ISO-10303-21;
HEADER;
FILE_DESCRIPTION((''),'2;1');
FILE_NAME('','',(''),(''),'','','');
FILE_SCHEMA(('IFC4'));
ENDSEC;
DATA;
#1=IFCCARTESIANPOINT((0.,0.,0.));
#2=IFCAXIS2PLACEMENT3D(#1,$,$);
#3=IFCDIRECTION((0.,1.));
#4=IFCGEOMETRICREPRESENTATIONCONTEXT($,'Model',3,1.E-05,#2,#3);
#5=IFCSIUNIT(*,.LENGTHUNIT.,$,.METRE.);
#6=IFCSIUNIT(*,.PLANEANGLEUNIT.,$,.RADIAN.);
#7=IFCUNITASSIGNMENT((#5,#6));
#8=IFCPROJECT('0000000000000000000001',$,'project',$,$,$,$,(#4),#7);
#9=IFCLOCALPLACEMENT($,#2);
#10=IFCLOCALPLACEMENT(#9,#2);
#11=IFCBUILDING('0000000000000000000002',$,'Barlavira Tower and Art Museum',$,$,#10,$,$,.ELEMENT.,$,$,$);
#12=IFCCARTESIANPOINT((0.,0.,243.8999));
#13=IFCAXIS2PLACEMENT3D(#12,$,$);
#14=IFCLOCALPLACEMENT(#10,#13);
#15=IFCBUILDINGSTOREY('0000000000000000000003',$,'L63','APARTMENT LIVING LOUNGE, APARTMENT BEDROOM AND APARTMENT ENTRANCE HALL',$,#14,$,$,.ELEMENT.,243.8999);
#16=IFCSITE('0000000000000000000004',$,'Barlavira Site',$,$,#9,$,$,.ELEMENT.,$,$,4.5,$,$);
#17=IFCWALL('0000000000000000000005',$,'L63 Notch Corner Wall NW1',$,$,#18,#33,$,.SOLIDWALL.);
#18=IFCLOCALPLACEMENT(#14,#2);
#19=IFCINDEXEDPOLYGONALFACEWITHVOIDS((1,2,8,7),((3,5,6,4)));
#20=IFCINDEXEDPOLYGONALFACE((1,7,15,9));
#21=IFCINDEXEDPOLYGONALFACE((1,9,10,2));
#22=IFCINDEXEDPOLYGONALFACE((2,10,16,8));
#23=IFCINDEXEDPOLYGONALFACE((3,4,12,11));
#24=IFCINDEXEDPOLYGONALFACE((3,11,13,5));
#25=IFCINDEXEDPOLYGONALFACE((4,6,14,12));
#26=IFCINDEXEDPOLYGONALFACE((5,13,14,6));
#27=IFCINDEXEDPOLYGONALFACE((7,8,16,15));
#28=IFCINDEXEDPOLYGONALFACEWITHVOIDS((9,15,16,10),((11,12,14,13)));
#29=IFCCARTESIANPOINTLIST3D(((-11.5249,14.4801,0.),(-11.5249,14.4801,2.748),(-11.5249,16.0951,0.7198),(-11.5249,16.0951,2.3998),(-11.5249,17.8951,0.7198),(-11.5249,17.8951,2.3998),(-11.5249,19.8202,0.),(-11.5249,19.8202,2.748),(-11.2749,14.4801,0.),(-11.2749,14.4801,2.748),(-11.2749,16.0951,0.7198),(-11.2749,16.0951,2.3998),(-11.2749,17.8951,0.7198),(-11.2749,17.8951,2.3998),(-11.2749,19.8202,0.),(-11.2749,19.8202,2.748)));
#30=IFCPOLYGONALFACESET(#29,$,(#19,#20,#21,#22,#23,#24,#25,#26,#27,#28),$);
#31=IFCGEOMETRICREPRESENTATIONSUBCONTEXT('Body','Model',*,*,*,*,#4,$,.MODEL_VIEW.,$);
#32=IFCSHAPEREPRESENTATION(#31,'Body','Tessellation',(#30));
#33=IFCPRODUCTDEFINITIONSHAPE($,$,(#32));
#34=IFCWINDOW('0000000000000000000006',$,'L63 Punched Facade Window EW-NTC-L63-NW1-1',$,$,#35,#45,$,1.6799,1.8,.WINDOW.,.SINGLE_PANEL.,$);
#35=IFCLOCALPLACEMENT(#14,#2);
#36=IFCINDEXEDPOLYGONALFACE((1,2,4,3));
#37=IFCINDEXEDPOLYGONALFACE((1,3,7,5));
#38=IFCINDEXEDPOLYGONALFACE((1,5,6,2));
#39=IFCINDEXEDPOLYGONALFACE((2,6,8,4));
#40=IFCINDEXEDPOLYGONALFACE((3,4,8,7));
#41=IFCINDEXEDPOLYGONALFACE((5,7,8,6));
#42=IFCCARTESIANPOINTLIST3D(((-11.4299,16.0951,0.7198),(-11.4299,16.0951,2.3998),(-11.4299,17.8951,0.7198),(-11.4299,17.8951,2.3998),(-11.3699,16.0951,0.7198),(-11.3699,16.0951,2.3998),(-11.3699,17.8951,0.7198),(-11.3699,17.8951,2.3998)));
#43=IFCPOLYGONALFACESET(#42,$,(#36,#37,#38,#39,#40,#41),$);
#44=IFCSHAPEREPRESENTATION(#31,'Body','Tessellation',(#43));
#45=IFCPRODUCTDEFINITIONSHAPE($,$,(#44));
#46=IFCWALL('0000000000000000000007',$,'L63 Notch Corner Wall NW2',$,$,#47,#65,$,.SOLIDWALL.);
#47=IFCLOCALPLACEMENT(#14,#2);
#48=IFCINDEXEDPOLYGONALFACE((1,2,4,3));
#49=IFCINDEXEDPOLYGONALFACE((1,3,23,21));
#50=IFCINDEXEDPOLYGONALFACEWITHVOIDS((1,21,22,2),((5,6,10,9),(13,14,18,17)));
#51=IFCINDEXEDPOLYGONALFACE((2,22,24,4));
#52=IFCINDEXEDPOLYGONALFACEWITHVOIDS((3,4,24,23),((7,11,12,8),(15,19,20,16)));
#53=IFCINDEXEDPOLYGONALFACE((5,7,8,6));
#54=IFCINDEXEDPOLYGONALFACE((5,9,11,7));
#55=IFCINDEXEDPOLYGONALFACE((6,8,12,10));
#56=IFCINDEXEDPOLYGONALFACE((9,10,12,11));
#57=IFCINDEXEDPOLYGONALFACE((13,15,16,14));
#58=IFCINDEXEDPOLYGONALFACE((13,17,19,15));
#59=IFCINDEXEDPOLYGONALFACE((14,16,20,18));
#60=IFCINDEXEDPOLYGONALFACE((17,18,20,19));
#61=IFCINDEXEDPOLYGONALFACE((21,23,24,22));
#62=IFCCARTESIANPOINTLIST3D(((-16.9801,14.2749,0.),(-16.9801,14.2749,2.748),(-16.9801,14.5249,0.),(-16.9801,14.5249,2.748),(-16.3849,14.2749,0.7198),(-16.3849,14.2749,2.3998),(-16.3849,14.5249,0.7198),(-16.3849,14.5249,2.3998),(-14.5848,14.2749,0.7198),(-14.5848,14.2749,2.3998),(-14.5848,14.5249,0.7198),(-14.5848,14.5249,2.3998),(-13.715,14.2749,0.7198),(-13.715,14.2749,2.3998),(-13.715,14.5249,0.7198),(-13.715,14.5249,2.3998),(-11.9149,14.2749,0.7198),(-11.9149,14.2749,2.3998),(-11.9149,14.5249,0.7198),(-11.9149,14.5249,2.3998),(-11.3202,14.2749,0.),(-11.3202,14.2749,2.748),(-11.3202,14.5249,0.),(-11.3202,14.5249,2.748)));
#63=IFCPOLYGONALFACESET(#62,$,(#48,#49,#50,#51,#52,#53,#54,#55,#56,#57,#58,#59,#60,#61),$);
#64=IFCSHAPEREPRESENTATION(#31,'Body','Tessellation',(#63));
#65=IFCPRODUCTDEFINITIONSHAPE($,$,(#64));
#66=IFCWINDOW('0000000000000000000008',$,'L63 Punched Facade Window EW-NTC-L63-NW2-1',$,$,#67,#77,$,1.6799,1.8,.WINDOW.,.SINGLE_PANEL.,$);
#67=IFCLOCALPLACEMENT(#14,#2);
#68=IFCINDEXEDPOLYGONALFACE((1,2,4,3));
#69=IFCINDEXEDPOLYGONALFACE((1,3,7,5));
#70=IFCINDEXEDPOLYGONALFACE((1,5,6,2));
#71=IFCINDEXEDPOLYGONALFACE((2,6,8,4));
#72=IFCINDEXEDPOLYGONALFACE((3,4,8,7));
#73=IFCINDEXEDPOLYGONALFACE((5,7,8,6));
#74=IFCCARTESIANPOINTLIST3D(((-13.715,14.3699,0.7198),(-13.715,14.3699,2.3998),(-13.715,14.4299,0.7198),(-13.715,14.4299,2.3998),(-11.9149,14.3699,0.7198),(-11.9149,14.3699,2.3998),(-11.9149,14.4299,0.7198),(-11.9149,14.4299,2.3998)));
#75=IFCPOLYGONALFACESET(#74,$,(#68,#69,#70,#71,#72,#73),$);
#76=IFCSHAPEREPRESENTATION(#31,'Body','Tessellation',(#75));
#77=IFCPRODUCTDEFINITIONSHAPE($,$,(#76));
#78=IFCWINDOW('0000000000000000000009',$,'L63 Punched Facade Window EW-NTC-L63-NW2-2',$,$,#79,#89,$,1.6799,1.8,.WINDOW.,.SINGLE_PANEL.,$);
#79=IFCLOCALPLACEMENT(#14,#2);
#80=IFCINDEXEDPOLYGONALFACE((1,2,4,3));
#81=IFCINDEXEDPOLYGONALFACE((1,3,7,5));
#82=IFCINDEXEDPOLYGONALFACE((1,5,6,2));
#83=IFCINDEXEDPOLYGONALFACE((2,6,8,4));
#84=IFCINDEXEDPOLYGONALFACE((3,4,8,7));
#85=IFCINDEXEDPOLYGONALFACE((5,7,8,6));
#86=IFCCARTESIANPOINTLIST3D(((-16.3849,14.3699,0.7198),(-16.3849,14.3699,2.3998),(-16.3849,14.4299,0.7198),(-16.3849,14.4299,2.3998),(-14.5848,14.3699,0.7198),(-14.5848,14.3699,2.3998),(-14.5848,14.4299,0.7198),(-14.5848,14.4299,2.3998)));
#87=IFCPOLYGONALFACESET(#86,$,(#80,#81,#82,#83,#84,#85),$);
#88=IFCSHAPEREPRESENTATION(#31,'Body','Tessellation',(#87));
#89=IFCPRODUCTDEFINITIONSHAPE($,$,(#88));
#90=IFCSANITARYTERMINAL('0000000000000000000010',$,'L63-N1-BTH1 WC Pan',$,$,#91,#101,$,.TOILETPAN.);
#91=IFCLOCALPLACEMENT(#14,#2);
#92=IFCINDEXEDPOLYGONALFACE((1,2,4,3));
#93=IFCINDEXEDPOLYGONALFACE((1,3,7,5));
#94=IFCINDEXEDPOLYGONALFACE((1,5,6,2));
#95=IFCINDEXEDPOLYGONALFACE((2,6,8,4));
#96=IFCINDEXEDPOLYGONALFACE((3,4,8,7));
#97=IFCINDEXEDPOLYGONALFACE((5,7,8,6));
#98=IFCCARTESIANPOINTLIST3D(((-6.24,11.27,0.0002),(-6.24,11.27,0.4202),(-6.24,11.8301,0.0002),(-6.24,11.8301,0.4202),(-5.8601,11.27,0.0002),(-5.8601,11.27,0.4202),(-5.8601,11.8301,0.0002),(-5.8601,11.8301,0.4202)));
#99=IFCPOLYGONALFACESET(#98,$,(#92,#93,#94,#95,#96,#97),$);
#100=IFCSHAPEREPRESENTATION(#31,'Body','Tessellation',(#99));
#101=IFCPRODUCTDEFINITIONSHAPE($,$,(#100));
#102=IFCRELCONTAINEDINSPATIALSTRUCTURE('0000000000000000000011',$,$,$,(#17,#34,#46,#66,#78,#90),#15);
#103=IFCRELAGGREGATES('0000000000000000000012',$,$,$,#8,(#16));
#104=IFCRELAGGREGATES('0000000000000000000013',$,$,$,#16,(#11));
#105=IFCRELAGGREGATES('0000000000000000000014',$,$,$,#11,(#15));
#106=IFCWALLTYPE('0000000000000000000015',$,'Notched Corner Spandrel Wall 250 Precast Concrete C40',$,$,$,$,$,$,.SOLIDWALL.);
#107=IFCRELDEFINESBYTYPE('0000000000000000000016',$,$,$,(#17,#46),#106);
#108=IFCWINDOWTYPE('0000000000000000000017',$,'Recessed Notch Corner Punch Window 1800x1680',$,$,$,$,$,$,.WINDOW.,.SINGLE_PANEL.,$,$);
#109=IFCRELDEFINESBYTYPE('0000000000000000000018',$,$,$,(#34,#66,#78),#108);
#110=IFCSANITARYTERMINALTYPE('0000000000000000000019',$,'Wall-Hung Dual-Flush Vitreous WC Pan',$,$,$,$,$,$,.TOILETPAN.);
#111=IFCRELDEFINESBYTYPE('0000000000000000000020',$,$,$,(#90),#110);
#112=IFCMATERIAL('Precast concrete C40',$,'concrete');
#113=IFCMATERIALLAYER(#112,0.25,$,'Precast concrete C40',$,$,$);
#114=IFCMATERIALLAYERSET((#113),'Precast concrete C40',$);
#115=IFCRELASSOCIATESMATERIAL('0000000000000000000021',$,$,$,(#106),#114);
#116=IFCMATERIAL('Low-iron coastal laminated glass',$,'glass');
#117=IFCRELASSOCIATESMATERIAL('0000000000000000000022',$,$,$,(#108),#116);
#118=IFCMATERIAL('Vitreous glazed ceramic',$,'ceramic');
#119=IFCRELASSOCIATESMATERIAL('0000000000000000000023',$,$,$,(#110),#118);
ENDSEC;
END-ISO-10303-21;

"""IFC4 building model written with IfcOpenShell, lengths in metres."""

from ifc_helpers import new_model, si_unit, direction, frame, frame_2d, origin, origin_2d, place, context, subcontext, project, spatial, rectangle, extrude, material, layer, layer_set, type_object, element, fill, save


model = new_model("IFC4")

# Units and contexts
model_context = context("Model", 3, precision=1e-05, world=origin(), true_north=direction((0.0, 1.0)))
body_context = subcontext(model_context, "Body", "Model", "MODEL_VIEW")
ifc_project = project(units=[si_unit("LENGTHUNIT", "METRE"), si_unit("PLANEANGLEUNIT", "RADIAN")], contexts=[model_context])

# Site, building, storey
site_placement = place(None, origin())
site = spatial("IfcSite", under=ifc_project, at=site_placement, Name="Barlavira Site", CompositionType="ELEMENT", RefElevation=4.5)
building_placement = place(site_placement, origin())
building = spatial("IfcBuilding", under=site, at=building_placement, Name="Barlavira Tower and Art Museum", CompositionType="ELEMENT")
storey_placement = place(building_placement, frame((0.0, 0.0, 243.8999)))
storey = spatial("IfcBuildingStorey", under=building, at=storey_placement, Name="L63", Description="APARTMENT LIVING LOUNGE, APARTMENT BEDROOM AND APARTMENT ENTRANCE HALL", CompositionType="ELEMENT", Elevation=243.8999)

# Shared definitions
ifc_material_1 = material(Name="Low-iron coastal laminated glass", Category="glass")

# Shared definitions
ifc_material_2 = material(Name="Precast concrete C40", Category="concrete")
ifc_layer_1 = layer(ifc_material_2, 0.25, Name="Precast concrete C40")
ifc_layer_set_1 = layer_set([ifc_layer_1], Name="Precast concrete C40")
wall_type_1 = type_object("IfcWallType", Name="Notched Corner Spandrel Wall 250 Precast Concrete C40", PredefinedType="SOLIDWALL", material=ifc_layer_set_1)
window_type = type_object("IfcWindowType", Name="Recessed Notch Corner Punch Window 1800x1680", PartitioningType="SINGLE_PANEL", PredefinedType="WINDOW", material=ifc_material_1)

# Wall, opening, window
wall_1_placement = place(storey_placement, frame((-11.3999, 19.8201, 0.0), z_axis=(0.0, 0.0, 1.0), x_axis=(0.0, -1.0, 0.0)))
wall_1 = element("IfcWall", 1, at=wall_1_placement, inside=storey, type_object=wall_type_1, Name="L63 Notch Corner Wall NW1", PredefinedType="SOLIDWALL", context=body_context, shape_type="SweptSolid", body=[
    extrude(rectangle(XDim=5.3401, YDim=0.25, at=frame_2d((2.6699, 0.0))), origin(), (0.0, 0.0, 1.0), 2.748),
])
opening_1_placement = place(wall_1_placement, frame((1.925, 0.0, 0.72)))
opening_1 = element("IfcOpeningElement", 2, at=opening_1_placement, cuts=wall_1, PredefinedType="OPENING", context=body_context, shape_type="SweptSolid", body=[
    extrude(rectangle(XDim=1.8, YDim=1.6799, at=frame_2d((0.8999, 0.8398))), frame((0.0, 0.135, 0.0), z_axis=(0.0, -1.0, 0.0), x_axis=(1.0, 0.0, 0.0)), (0.0, 0.0, 1.0), 0.27),
])
window_1_placement = place(opening_1_placement, origin())
window_1 = element("IfcWindow", 3, at=window_1_placement, inside=storey, type_object=window_type, Name="L63 Punched Facade Window EW-NTC-L63-NW1-1", OverallHeight=1.6799, OverallWidth=1.8, PartitioningType="SINGLE_PANEL", PredefinedType="WINDOW", context=body_context, shape_type="SweptSolid", body=[
    extrude(rectangle(XDim=1.8, YDim=1.6799, at=frame_2d((0.8999, 0.8398))), frame((0.0, 0.03, 0.0), z_axis=(0.0, -1.0, 0.0), x_axis=(1.0, 0.0, 0.0)), (0.0, 0.0, 1.0), 0.0601),
])
fill(opening_1, window_1)

# Wall, openings, windows
wall_2_placement = place(storey_placement, frame((-11.3201, 14.3999, 0.0), z_axis=(0.0, 0.0, 1.0), x_axis=(-1.0, 0.0, 0.0)))
wall_2 = element("IfcWall", 4, at=wall_2_placement, inside=storey, type_object=wall_type_1, Name="L63 Notch Corner Wall NW2", PredefinedType="SOLIDWALL", context=body_context, shape_type="SweptSolid", body=[
    extrude(rectangle(XDim=5.6599, YDim=0.25, at=frame_2d((2.8301, 0.0))), origin(), (0.0, 0.0, 1.0), 2.748),
])
opening_2_placement = place(wall_2_placement, frame((0.595, 0.0, 0.72)))
opening_2 = element("IfcOpeningElement", 5, at=opening_2_placement, cuts=wall_2, PredefinedType="OPENING", context=body_context, shape_type="SweptSolid", body=[
    extrude(rectangle(XDim=1.8, YDim=1.6799, at=frame_2d((0.8999, 0.8398))), frame((0.0, 0.135, 0.0), z_axis=(0.0, -1.0, 0.0), x_axis=(1.0, 0.0, 0.0)), (0.0, 0.0, 1.0), 0.27),
])
opening_3_placement = place(wall_2_placement, frame((3.2649, 0.0, 0.72)))
opening_3 = element("IfcOpeningElement", 6, at=opening_3_placement, cuts=wall_2, PredefinedType="OPENING", context=body_context, shape_type="SweptSolid", body=[
    extrude(rectangle(XDim=1.8, YDim=1.6799, at=frame_2d((0.8999, 0.8398))), frame((0.0, 0.135, 0.0), z_axis=(0.0, -1.0, 0.0), x_axis=(1.0, 0.0, 0.0)), (0.0, 0.0, 1.0), 0.27),
])
window_2_placement = place(opening_2_placement, origin())
window_2 = element("IfcWindow", 7, at=window_2_placement, inside=storey, type_object=window_type, Name="L63 Punched Facade Window EW-NTC-L63-NW2-1", OverallHeight=1.6799, OverallWidth=1.8, PartitioningType="SINGLE_PANEL", PredefinedType="WINDOW", context=body_context, shape_type="SweptSolid", body=[
    extrude(rectangle(XDim=1.8, YDim=1.6799, at=frame_2d((0.8999, 0.8398))), frame((0.0, 0.03, 0.0), z_axis=(0.0, -1.0, 0.0), x_axis=(1.0, 0.0, 0.0)), (0.0, 0.0, 1.0), 0.0601),
])
fill(opening_2, window_2)
window_3_placement = place(opening_3_placement, origin())
window_3 = element("IfcWindow", 8, at=window_3_placement, inside=storey, type_object=window_type, Name="L63 Punched Facade Window EW-NTC-L63-NW2-2", OverallHeight=1.6799, OverallWidth=1.8, PartitioningType="SINGLE_PANEL", PredefinedType="WINDOW", context=body_context, shape_type="SweptSolid", body=[
    extrude(rectangle(XDim=1.8, YDim=1.6799, at=frame_2d((0.8999, 0.8398))), frame((0.0, 0.03, 0.0), z_axis=(0.0, -1.0, 0.0), x_axis=(1.0, 0.0, 0.0)), (0.0, 0.0, 1.0), 0.0601),
])
fill(opening_3, window_3)

# Sanitary terminal
ifc_material_3 = material(Name="Vitreous glazed ceramic", Category="ceramic")
sanitary_terminal_type = type_object("IfcSanitaryTerminalType", Name="Wall-Hung Dual-Flush Vitreous WC Pan", PredefinedType="TOILETPAN", material=ifc_material_3)
sanitary_terminal_placement = place(storey_placement, frame((-6.05, 11.55, 0.0002), z_axis=(0.0, 0.0, 1.0), x_axis=(1.0, 0.0, 0.0)))
element("IfcSanitaryTerminal", 9, at=sanitary_terminal_placement, inside=storey, type_object=sanitary_terminal_type, Name="L63-N1-BTH1 WC Pan", PredefinedType="TOILETPAN", context=body_context, shape_type="SweptSolid", body=[
    extrude(rectangle(XDim=0.3799, YDim=0.5601, at=origin_2d()), origin(), (0.0, 0.0, 1.0), 0.4199),
])

save(model, "model.ifc")
